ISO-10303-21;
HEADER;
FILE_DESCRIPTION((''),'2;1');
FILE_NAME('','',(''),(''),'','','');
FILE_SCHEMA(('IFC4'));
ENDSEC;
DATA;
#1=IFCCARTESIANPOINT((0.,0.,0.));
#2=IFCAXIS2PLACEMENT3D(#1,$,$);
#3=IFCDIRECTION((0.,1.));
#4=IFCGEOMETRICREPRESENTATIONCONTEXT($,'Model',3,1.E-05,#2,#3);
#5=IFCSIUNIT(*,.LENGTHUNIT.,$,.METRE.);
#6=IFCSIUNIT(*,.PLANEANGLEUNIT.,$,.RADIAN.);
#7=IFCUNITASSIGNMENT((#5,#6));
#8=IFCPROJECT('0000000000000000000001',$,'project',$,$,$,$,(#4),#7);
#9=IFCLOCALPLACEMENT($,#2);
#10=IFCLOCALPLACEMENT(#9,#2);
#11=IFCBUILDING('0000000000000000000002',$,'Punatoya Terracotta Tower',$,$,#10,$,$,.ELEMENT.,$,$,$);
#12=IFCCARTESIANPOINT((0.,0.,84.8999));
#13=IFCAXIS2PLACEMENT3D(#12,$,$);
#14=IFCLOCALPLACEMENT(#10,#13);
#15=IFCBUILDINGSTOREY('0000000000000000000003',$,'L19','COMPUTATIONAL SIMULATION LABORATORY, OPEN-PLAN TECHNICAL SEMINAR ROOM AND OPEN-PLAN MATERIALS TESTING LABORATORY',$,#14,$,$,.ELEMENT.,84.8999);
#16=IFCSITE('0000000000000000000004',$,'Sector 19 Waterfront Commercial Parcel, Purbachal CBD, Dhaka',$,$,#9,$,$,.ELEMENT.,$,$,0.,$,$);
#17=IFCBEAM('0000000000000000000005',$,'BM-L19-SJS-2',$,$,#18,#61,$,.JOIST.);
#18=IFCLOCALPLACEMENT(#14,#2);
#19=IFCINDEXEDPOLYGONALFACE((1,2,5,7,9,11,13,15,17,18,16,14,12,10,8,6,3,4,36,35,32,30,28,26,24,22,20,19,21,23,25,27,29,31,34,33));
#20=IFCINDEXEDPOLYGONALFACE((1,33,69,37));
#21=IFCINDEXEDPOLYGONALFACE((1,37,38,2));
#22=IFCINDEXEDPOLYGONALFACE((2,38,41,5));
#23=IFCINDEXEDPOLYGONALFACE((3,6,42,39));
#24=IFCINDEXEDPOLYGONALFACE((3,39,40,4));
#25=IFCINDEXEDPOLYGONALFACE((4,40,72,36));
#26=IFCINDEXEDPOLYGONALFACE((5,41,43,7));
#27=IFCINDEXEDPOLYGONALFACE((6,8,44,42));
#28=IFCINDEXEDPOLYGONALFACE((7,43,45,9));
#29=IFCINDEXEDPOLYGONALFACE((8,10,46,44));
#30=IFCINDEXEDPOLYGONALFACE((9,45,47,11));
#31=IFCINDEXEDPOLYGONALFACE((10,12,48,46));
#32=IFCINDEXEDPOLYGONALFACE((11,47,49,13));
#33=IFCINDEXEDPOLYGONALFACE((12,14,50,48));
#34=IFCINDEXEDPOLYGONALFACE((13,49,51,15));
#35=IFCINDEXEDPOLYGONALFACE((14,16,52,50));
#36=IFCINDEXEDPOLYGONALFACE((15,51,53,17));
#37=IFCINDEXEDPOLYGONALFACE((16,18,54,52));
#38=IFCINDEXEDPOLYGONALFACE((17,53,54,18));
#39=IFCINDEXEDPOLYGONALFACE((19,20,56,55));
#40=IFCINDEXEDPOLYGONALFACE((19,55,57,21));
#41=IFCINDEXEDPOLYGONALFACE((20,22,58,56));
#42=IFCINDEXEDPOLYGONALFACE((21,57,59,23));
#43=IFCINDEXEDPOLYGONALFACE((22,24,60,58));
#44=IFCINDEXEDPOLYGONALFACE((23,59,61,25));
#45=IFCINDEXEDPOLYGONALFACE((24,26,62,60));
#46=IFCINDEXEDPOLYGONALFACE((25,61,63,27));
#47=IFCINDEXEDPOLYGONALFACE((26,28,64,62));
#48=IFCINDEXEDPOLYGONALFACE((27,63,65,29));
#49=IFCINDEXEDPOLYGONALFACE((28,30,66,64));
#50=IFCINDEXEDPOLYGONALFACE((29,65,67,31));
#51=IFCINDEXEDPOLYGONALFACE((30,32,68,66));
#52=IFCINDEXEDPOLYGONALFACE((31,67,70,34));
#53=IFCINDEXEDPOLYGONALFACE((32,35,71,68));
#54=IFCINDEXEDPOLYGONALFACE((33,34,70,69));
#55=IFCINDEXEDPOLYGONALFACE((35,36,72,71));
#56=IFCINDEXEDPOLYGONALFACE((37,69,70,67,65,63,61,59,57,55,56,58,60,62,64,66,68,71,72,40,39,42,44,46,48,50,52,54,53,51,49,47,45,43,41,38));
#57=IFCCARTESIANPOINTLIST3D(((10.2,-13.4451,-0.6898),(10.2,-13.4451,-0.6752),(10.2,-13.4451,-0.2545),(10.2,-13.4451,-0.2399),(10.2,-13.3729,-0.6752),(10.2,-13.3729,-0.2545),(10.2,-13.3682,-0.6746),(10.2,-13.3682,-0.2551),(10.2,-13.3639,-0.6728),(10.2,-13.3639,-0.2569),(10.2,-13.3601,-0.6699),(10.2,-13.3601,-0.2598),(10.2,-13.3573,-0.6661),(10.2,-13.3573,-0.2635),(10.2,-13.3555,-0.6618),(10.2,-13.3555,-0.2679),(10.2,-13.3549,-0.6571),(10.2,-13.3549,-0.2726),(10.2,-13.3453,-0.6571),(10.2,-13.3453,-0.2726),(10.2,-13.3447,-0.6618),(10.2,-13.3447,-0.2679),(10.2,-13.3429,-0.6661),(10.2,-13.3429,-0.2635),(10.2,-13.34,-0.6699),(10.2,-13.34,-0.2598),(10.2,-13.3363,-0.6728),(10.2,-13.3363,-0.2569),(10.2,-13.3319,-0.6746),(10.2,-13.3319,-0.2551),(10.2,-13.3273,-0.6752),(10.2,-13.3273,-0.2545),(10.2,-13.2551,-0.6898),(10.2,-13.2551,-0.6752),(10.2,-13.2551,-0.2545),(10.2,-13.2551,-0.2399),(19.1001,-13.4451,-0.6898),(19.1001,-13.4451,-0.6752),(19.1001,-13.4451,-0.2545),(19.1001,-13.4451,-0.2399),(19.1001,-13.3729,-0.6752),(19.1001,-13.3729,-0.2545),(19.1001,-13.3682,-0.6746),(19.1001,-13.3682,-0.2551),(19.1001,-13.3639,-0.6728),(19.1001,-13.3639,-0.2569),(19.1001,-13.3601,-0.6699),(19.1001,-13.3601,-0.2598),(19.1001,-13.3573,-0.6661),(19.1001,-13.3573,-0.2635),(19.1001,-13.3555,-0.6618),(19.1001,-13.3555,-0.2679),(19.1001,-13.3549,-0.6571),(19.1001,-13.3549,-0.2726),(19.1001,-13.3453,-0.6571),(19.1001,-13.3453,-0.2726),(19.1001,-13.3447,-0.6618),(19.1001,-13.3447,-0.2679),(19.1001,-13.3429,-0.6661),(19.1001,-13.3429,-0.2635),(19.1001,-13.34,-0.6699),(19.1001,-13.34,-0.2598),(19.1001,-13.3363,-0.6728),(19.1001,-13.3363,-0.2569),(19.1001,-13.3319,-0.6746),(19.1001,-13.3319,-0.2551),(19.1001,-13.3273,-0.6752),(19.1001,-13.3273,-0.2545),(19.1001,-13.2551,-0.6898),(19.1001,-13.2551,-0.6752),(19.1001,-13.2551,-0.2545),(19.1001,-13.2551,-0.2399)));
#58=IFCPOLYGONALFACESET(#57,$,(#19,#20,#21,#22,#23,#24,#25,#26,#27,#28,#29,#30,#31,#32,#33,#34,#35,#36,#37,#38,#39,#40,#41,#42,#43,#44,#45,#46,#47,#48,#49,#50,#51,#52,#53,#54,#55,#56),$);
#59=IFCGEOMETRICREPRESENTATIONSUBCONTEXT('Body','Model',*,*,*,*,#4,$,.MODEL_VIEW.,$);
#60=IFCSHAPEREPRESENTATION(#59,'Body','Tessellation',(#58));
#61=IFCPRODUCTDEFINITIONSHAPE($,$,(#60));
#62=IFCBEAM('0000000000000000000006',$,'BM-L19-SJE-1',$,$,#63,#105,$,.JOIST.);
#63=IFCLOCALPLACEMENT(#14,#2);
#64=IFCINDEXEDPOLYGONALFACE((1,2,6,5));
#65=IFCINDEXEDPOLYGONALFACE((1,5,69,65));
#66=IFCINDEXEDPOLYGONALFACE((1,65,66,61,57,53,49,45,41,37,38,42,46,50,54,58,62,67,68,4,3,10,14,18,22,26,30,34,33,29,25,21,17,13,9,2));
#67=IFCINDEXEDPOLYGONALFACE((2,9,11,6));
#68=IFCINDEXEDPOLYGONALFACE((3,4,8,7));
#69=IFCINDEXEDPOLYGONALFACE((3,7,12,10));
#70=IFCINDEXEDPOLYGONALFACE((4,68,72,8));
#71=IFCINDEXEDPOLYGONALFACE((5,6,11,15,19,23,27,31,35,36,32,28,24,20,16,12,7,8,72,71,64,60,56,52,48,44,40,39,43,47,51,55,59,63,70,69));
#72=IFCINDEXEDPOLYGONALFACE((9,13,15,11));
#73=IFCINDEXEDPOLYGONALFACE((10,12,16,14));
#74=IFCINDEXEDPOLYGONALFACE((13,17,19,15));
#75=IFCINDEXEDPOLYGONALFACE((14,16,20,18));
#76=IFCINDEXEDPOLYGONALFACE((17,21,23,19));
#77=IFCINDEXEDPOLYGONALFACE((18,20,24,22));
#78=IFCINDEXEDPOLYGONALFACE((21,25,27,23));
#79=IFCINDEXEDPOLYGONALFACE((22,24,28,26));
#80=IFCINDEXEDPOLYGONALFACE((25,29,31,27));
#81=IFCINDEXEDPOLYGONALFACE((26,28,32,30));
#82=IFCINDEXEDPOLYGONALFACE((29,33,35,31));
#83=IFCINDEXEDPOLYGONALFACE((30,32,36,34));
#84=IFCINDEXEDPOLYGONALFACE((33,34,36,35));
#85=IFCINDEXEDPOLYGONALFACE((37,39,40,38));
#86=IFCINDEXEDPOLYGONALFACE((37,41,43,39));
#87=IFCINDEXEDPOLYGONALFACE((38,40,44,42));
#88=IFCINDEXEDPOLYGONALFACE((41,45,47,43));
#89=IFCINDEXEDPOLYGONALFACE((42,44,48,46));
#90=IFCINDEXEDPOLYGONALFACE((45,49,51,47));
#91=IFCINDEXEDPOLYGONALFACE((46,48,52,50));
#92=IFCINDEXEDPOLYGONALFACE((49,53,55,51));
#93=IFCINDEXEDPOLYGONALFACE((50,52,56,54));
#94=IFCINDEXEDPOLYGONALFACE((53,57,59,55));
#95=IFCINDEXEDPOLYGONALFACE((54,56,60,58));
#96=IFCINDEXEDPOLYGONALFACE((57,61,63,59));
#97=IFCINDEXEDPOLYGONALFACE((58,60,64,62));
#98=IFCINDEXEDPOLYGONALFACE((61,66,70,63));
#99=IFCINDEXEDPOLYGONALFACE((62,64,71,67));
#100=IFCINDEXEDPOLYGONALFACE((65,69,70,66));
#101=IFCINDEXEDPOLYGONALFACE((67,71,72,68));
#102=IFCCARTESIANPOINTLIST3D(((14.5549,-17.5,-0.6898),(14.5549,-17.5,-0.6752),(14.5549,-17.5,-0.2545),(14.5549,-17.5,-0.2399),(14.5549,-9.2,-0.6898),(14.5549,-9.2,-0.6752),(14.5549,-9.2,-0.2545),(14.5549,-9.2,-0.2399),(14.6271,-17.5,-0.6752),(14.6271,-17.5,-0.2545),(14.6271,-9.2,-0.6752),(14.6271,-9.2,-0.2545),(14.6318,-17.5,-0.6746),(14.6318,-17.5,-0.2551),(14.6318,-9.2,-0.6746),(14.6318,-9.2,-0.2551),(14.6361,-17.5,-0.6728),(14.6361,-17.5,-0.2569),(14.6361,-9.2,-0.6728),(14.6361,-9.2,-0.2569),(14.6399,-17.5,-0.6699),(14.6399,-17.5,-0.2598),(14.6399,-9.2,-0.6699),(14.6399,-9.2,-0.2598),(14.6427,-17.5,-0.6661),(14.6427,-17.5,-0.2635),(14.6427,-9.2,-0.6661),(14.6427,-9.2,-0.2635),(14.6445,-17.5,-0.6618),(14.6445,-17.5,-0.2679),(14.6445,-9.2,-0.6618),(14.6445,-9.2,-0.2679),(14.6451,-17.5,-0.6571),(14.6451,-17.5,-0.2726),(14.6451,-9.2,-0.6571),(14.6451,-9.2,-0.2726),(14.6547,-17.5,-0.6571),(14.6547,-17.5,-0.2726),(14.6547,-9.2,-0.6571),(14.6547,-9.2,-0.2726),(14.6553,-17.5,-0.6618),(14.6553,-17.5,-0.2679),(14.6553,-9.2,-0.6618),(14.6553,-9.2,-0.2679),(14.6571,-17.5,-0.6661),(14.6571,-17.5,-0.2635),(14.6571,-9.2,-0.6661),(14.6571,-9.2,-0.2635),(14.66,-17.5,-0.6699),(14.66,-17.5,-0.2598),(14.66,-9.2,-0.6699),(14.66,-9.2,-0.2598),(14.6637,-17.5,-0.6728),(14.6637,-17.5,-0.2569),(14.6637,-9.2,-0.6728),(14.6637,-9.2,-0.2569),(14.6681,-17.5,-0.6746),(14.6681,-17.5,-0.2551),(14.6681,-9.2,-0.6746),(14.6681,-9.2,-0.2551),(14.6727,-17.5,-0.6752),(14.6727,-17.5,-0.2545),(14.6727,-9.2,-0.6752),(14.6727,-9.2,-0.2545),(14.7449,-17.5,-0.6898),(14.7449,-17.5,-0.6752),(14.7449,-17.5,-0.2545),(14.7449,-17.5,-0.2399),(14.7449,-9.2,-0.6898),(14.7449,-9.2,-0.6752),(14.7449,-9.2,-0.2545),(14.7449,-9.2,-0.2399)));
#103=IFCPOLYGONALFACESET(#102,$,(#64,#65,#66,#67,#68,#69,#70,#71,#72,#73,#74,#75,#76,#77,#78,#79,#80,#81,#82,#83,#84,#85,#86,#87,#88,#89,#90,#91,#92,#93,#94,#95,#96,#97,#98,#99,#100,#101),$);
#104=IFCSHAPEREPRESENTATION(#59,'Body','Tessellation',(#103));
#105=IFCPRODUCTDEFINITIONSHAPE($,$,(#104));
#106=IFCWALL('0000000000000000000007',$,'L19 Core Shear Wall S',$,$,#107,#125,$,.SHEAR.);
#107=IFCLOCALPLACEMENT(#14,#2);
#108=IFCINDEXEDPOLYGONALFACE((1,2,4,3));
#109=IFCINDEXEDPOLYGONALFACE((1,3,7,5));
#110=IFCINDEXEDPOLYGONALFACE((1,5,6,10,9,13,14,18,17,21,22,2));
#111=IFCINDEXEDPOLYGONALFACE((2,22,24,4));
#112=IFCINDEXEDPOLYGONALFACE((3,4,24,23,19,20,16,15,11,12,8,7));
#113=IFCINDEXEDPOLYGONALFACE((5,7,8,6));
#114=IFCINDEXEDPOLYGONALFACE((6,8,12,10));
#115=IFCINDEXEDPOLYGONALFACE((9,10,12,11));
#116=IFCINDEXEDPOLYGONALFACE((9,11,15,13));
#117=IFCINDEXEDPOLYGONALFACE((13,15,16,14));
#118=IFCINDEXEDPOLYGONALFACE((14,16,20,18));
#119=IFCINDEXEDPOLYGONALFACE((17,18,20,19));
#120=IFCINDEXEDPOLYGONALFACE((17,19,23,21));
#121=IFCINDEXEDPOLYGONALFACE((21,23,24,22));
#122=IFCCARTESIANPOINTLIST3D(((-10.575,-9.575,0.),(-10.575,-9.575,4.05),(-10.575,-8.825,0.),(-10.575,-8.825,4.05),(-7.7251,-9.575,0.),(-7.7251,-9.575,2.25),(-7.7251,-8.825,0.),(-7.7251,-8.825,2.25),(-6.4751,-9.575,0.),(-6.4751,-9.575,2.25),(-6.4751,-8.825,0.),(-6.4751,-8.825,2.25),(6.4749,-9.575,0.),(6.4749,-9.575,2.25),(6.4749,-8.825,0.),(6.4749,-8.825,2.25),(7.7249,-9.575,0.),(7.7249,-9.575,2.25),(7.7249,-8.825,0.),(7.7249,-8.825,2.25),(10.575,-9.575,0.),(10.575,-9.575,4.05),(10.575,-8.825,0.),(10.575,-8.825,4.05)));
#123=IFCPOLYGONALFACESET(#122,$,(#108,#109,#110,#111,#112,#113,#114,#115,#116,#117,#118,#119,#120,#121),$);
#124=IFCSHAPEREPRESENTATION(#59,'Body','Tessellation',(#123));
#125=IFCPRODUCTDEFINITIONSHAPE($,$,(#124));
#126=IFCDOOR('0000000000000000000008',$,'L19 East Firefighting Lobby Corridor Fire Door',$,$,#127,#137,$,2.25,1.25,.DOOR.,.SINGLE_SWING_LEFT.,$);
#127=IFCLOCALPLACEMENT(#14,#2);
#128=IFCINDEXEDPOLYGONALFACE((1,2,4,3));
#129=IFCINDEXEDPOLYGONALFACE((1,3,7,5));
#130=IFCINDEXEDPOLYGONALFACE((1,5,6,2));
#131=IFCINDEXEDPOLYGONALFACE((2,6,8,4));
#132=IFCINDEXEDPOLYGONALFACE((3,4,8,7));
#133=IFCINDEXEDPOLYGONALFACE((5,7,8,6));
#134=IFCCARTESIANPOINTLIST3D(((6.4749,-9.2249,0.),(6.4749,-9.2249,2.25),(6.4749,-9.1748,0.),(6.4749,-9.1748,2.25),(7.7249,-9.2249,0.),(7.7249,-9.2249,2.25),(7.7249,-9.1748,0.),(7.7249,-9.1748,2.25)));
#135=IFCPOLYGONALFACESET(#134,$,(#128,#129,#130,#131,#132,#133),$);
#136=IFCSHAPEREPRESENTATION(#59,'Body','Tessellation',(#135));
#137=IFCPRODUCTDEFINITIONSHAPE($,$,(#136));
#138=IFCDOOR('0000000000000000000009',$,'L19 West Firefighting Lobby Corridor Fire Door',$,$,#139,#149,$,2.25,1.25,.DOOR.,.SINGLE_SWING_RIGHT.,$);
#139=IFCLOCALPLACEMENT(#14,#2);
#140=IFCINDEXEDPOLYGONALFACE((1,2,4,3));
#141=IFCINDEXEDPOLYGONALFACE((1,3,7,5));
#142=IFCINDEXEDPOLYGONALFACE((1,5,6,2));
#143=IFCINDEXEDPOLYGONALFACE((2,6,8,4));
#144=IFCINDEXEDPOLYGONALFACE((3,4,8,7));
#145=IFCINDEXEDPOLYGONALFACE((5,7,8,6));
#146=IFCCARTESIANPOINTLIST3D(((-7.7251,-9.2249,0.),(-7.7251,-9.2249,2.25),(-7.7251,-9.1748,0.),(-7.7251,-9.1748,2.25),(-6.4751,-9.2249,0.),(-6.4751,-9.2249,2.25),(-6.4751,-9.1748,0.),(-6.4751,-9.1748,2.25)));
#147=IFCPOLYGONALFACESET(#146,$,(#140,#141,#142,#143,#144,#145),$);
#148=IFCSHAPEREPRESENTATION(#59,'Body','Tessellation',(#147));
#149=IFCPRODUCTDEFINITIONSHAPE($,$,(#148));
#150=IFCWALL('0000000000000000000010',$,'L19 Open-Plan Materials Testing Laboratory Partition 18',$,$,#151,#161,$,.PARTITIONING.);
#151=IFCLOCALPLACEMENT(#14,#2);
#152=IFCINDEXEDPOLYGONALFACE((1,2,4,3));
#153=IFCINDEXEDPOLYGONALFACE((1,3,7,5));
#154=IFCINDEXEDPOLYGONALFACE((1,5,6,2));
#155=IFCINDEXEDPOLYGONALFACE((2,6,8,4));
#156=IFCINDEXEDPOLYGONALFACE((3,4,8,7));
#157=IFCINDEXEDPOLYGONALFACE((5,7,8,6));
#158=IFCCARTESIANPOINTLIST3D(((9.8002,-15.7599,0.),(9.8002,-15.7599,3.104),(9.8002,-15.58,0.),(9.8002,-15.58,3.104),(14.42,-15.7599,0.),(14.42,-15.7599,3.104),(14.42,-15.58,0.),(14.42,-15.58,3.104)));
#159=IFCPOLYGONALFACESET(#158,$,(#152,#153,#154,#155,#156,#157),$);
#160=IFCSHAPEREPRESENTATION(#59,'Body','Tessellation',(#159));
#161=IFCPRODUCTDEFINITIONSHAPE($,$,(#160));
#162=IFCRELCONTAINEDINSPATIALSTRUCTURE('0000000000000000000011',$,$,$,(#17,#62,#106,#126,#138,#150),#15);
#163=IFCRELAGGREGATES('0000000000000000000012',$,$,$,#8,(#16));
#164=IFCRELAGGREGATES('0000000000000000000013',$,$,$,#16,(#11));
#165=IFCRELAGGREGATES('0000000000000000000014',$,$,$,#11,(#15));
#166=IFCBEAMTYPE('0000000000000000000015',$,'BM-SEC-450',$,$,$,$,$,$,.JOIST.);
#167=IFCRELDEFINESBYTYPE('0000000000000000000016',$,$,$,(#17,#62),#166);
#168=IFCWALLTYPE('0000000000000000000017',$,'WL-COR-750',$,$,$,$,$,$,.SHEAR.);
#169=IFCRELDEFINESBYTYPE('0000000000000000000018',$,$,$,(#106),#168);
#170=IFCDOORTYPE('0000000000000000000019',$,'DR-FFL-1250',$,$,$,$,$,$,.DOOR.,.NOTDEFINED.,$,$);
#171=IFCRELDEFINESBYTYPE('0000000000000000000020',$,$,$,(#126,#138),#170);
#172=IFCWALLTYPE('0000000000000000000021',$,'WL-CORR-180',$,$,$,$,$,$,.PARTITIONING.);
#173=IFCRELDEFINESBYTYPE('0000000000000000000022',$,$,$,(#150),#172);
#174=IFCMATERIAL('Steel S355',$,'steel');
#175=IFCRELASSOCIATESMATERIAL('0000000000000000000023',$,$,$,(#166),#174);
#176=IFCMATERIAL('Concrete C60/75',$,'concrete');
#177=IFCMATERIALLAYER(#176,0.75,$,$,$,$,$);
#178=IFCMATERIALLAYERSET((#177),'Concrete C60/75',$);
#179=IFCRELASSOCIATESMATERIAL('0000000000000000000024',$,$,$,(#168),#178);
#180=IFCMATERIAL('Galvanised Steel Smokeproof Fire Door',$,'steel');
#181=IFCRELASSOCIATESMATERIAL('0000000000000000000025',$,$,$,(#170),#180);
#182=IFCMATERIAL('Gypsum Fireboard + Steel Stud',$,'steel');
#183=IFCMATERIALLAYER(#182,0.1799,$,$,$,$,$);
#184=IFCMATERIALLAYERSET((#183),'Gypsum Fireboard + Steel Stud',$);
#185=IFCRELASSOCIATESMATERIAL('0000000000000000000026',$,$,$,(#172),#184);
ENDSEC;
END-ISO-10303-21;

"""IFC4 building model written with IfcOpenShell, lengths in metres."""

from ifc_helpers import new_model, si_unit, direction, frame, frame_2d, origin, origin_2d, place, context, subcontext, project, spatial, rectangle, i_section, extrude, material, layer, layer_set, material_profile, profile_set, type_object, element, fill, save


model = new_model("IFC4")

# Units and contexts
model_context = context("Model", 3, precision=1e-05, world=origin(), true_north=direction((0.0, 1.0)))
body_context = subcontext(model_context, "Body", "Model", "MODEL_VIEW")
ifc_project = project(units=[si_unit("LENGTHUNIT", "METRE"), si_unit("PLANEANGLEUNIT", "RADIAN")], contexts=[model_context])

# Site, building, storey
site_placement = place(None, origin())
site = spatial("IfcSite", under=ifc_project, at=site_placement, Name="Sector 19 Waterfront Commercial Parcel, Purbachal CBD, Dhaka", CompositionType="ELEMENT", RefElevation=0.0)
building_placement = place(site_placement, origin())
building = spatial("IfcBuilding", under=site, at=building_placement, Name="Punatoya Terracotta Tower", CompositionType="ELEMENT")
storey_placement = place(building_placement, frame((0.0, 0.0, 84.8999)))
storey = spatial("IfcBuildingStorey", under=building, at=storey_placement, Name="L19", Description="COMPUTATIONAL SIMULATION LABORATORY, OPEN-PLAN TECHNICAL SEMINAR ROOM AND OPEN-PLAN MATERIALS TESTING LABORATORY", CompositionType="ELEMENT", Elevation=84.8999)

# Beams
ifc_material_1 = material(Name="Steel S355", Category="steel")
ifc_material_profile_1 = material_profile(ifc_material_1, i_section(OverallWidth=0.1899, OverallDepth=0.45, WebThickness=0.0095, FlangeThickness=0.0146, FilletRadius=0.0181, at=origin_2d()))
ifc_profile_set_1 = profile_set([ifc_material_profile_1], Name="Steel S355")
beam_type_1 = type_object("IfcBeamType", Name="BM-SEC-450", PredefinedType="JOIST", material=ifc_profile_set_1)
beam_1_placement = place(storey_placement, frame((10.2, -13.3501, -0.4648), z_axis=(1.0, 0.0, 0.0), x_axis=(0.0, 1.0, 0.0)))
element("IfcBeam", 1, at=beam_1_placement, inside=storey, type_object=beam_type_1, Name="BM-L19-SJS-2", PredefinedType="JOIST", context=body_context, shape_type="SweptSolid", body=[
    extrude(i_section(OverallWidth=0.1899, OverallDepth=0.45, WebThickness=0.0095, FlangeThickness=0.0146, FilletRadius=0.0181, at=origin_2d()), origin(), (0.0, 0.0, 1.0), 8.9001),
])
beam_2_placement = place(storey_placement, frame((14.6499, -17.5, -0.4648), z_axis=(0.0, 1.0, 0.0), x_axis=(-1.0, 0.0, 0.0)))
element("IfcBeam", 2, at=beam_2_placement, inside=storey, type_object=beam_type_1, Name="BM-L19-SJE-1", PredefinedType="JOIST", context=body_context, shape_type="SweptSolid", body=[
    extrude(i_section(OverallWidth=0.1899, OverallDepth=0.45, WebThickness=0.0095, FlangeThickness=0.0146, FilletRadius=0.0181, at=origin_2d()), origin(), (0.0, 0.0, 1.0), 8.3),
])

# Wall, openings, doors
ifc_material_2 = material(Name="Concrete C60/75", Category="concrete")
ifc_layer_1 = layer(ifc_material_2, 0.75)
ifc_layer_set_1 = layer_set([ifc_layer_1], Name="Concrete C60/75")
wall_type_1 = type_object("IfcWallType", Name="WL-COR-750", PredefinedType="SHEAR", material=ifc_layer_set_1)
wall_1_placement = place(storey_placement, frame((10.575, -9.2, 0.0), z_axis=(0.0, 0.0, 1.0), x_axis=(-1.0, 0.0, 0.0)))
wall_1 = element("IfcWall", 3, at=wall_1_placement, inside=storey, type_object=wall_type_1, Name="L19 Core Shear Wall S", PredefinedType="SHEAR", context=body_context, shape_type="SweptSolid", body=[
    extrude(rectangle(XDim=21.1499, YDim=0.75, at=frame_2d((10.575, 0.0))), origin(), (0.0, 0.0, 1.0), 4.05),
])
opening_1_placement = place(wall_1_placement, frame((2.8501, 0.0, 0.0)))
opening_1 = element("IfcOpeningElement", 4, at=opening_1_placement, cuts=wall_1, PredefinedType="OPENING", context=body_context, shape_type="SweptSolid", body=[
    extrude(rectangle(XDim=1.25, YDim=2.25, at=frame_2d((0.625, 1.125))), frame((0.0, 0.385, 0.0), z_axis=(0.0, -1.0, 0.0), x_axis=(1.0, 0.0, 0.0)), (0.0, 0.0, 1.0), 0.77),
])
opening_2_placement = place(wall_1_placement, frame((17.05, 0.0, 0.0)))
opening_2 = element("IfcOpeningElement", 5, at=opening_2_placement, cuts=wall_1, PredefinedType="OPENING", context=body_context, shape_type="SweptSolid", body=[
    extrude(rectangle(XDim=1.25, YDim=2.25, at=frame_2d((0.625, 1.125))), frame((0.0, 0.385, 0.0), z_axis=(0.0, -1.0, 0.0), x_axis=(1.0, 0.0, 0.0)), (0.0, 0.0, 1.0), 0.77),
])
ifc_material_3 = material(Name="Galvanised Steel Smokeproof Fire Door", Category="steel")
door_type_1 = type_object("IfcDoorType", Name="DR-FFL-1250", OperationType="NOTDEFINED", PredefinedType="DOOR", material=ifc_material_3)
door_1_placement = place(opening_1_placement, origin())
door_1 = element("IfcDoor", 6, at=door_1_placement, inside=storey, type_object=door_type_1, Name="L19 East Firefighting Lobby Corridor Fire Door", OperationType="SINGLE_SWING_LEFT", OverallHeight=2.25, OverallWidth=1.25, PredefinedType="DOOR", context=body_context, shape_type="SweptSolid", body=[
    extrude(rectangle(XDim=1.25, YDim=2.25, at=frame_2d((0.625, 1.125))), frame((0.0, 0.0249, 0.0), z_axis=(0.0, -1.0, 0.0), x_axis=(1.0, 0.0, 0.0)), (0.0, 0.0, 1.0), 0.05),
])
fill(opening_1, door_1)
door_2_placement = place(opening_2_placement, origin())
door_2 = element("IfcDoor", 7, at=door_2_placement, inside=storey, type_object=door_type_1, Name="L19 West Firefighting Lobby Corridor Fire Door", OperationType="SINGLE_SWING_RIGHT", OverallHeight=2.25, OverallWidth=1.25, PredefinedType="DOOR", context=body_context, shape_type="SweptSolid", body=[
    extrude(rectangle(XDim=1.25, YDim=2.25, at=frame_2d((0.625, 1.125))), frame((0.0, 0.0249, 0.0), z_axis=(0.0, -1.0, 0.0), x_axis=(1.0, 0.0, 0.0)), (0.0, 0.0, 1.0), 0.05),
])
fill(opening_2, door_2)

# Wall
ifc_material_4 = material(Name="Gypsum Fireboard + Steel Stud", Category="steel")
ifc_layer_2 = layer(ifc_material_4, 0.1799)
ifc_layer_set_2 = layer_set([ifc_layer_2], Name="Gypsum Fireboard + Steel Stud")
wall_type_2 = type_object("IfcWallType", Name="WL-CORR-180", PredefinedType="PARTITIONING", material=ifc_layer_set_2)
wall_2_placement = place(storey_placement, frame((9.8, -15.6699, 0.0), z_axis=(0.0, 0.0, 1.0), x_axis=(1.0, 0.0, 0.0)))
element("IfcWall", 8, at=wall_2_placement, inside=storey, type_object=wall_type_2, Name="L19 Open-Plan Materials Testing Laboratory Partition 18", PredefinedType="PARTITIONING", context=body_context, shape_type="SweptSolid", body=[
    extrude(rectangle(XDim=4.6199, YDim=0.1799, at=frame_2d((2.3101, 0.0))), origin(), (0.0, 0.0, 1.0), 3.104),
])

save(model, "model.ifc")
